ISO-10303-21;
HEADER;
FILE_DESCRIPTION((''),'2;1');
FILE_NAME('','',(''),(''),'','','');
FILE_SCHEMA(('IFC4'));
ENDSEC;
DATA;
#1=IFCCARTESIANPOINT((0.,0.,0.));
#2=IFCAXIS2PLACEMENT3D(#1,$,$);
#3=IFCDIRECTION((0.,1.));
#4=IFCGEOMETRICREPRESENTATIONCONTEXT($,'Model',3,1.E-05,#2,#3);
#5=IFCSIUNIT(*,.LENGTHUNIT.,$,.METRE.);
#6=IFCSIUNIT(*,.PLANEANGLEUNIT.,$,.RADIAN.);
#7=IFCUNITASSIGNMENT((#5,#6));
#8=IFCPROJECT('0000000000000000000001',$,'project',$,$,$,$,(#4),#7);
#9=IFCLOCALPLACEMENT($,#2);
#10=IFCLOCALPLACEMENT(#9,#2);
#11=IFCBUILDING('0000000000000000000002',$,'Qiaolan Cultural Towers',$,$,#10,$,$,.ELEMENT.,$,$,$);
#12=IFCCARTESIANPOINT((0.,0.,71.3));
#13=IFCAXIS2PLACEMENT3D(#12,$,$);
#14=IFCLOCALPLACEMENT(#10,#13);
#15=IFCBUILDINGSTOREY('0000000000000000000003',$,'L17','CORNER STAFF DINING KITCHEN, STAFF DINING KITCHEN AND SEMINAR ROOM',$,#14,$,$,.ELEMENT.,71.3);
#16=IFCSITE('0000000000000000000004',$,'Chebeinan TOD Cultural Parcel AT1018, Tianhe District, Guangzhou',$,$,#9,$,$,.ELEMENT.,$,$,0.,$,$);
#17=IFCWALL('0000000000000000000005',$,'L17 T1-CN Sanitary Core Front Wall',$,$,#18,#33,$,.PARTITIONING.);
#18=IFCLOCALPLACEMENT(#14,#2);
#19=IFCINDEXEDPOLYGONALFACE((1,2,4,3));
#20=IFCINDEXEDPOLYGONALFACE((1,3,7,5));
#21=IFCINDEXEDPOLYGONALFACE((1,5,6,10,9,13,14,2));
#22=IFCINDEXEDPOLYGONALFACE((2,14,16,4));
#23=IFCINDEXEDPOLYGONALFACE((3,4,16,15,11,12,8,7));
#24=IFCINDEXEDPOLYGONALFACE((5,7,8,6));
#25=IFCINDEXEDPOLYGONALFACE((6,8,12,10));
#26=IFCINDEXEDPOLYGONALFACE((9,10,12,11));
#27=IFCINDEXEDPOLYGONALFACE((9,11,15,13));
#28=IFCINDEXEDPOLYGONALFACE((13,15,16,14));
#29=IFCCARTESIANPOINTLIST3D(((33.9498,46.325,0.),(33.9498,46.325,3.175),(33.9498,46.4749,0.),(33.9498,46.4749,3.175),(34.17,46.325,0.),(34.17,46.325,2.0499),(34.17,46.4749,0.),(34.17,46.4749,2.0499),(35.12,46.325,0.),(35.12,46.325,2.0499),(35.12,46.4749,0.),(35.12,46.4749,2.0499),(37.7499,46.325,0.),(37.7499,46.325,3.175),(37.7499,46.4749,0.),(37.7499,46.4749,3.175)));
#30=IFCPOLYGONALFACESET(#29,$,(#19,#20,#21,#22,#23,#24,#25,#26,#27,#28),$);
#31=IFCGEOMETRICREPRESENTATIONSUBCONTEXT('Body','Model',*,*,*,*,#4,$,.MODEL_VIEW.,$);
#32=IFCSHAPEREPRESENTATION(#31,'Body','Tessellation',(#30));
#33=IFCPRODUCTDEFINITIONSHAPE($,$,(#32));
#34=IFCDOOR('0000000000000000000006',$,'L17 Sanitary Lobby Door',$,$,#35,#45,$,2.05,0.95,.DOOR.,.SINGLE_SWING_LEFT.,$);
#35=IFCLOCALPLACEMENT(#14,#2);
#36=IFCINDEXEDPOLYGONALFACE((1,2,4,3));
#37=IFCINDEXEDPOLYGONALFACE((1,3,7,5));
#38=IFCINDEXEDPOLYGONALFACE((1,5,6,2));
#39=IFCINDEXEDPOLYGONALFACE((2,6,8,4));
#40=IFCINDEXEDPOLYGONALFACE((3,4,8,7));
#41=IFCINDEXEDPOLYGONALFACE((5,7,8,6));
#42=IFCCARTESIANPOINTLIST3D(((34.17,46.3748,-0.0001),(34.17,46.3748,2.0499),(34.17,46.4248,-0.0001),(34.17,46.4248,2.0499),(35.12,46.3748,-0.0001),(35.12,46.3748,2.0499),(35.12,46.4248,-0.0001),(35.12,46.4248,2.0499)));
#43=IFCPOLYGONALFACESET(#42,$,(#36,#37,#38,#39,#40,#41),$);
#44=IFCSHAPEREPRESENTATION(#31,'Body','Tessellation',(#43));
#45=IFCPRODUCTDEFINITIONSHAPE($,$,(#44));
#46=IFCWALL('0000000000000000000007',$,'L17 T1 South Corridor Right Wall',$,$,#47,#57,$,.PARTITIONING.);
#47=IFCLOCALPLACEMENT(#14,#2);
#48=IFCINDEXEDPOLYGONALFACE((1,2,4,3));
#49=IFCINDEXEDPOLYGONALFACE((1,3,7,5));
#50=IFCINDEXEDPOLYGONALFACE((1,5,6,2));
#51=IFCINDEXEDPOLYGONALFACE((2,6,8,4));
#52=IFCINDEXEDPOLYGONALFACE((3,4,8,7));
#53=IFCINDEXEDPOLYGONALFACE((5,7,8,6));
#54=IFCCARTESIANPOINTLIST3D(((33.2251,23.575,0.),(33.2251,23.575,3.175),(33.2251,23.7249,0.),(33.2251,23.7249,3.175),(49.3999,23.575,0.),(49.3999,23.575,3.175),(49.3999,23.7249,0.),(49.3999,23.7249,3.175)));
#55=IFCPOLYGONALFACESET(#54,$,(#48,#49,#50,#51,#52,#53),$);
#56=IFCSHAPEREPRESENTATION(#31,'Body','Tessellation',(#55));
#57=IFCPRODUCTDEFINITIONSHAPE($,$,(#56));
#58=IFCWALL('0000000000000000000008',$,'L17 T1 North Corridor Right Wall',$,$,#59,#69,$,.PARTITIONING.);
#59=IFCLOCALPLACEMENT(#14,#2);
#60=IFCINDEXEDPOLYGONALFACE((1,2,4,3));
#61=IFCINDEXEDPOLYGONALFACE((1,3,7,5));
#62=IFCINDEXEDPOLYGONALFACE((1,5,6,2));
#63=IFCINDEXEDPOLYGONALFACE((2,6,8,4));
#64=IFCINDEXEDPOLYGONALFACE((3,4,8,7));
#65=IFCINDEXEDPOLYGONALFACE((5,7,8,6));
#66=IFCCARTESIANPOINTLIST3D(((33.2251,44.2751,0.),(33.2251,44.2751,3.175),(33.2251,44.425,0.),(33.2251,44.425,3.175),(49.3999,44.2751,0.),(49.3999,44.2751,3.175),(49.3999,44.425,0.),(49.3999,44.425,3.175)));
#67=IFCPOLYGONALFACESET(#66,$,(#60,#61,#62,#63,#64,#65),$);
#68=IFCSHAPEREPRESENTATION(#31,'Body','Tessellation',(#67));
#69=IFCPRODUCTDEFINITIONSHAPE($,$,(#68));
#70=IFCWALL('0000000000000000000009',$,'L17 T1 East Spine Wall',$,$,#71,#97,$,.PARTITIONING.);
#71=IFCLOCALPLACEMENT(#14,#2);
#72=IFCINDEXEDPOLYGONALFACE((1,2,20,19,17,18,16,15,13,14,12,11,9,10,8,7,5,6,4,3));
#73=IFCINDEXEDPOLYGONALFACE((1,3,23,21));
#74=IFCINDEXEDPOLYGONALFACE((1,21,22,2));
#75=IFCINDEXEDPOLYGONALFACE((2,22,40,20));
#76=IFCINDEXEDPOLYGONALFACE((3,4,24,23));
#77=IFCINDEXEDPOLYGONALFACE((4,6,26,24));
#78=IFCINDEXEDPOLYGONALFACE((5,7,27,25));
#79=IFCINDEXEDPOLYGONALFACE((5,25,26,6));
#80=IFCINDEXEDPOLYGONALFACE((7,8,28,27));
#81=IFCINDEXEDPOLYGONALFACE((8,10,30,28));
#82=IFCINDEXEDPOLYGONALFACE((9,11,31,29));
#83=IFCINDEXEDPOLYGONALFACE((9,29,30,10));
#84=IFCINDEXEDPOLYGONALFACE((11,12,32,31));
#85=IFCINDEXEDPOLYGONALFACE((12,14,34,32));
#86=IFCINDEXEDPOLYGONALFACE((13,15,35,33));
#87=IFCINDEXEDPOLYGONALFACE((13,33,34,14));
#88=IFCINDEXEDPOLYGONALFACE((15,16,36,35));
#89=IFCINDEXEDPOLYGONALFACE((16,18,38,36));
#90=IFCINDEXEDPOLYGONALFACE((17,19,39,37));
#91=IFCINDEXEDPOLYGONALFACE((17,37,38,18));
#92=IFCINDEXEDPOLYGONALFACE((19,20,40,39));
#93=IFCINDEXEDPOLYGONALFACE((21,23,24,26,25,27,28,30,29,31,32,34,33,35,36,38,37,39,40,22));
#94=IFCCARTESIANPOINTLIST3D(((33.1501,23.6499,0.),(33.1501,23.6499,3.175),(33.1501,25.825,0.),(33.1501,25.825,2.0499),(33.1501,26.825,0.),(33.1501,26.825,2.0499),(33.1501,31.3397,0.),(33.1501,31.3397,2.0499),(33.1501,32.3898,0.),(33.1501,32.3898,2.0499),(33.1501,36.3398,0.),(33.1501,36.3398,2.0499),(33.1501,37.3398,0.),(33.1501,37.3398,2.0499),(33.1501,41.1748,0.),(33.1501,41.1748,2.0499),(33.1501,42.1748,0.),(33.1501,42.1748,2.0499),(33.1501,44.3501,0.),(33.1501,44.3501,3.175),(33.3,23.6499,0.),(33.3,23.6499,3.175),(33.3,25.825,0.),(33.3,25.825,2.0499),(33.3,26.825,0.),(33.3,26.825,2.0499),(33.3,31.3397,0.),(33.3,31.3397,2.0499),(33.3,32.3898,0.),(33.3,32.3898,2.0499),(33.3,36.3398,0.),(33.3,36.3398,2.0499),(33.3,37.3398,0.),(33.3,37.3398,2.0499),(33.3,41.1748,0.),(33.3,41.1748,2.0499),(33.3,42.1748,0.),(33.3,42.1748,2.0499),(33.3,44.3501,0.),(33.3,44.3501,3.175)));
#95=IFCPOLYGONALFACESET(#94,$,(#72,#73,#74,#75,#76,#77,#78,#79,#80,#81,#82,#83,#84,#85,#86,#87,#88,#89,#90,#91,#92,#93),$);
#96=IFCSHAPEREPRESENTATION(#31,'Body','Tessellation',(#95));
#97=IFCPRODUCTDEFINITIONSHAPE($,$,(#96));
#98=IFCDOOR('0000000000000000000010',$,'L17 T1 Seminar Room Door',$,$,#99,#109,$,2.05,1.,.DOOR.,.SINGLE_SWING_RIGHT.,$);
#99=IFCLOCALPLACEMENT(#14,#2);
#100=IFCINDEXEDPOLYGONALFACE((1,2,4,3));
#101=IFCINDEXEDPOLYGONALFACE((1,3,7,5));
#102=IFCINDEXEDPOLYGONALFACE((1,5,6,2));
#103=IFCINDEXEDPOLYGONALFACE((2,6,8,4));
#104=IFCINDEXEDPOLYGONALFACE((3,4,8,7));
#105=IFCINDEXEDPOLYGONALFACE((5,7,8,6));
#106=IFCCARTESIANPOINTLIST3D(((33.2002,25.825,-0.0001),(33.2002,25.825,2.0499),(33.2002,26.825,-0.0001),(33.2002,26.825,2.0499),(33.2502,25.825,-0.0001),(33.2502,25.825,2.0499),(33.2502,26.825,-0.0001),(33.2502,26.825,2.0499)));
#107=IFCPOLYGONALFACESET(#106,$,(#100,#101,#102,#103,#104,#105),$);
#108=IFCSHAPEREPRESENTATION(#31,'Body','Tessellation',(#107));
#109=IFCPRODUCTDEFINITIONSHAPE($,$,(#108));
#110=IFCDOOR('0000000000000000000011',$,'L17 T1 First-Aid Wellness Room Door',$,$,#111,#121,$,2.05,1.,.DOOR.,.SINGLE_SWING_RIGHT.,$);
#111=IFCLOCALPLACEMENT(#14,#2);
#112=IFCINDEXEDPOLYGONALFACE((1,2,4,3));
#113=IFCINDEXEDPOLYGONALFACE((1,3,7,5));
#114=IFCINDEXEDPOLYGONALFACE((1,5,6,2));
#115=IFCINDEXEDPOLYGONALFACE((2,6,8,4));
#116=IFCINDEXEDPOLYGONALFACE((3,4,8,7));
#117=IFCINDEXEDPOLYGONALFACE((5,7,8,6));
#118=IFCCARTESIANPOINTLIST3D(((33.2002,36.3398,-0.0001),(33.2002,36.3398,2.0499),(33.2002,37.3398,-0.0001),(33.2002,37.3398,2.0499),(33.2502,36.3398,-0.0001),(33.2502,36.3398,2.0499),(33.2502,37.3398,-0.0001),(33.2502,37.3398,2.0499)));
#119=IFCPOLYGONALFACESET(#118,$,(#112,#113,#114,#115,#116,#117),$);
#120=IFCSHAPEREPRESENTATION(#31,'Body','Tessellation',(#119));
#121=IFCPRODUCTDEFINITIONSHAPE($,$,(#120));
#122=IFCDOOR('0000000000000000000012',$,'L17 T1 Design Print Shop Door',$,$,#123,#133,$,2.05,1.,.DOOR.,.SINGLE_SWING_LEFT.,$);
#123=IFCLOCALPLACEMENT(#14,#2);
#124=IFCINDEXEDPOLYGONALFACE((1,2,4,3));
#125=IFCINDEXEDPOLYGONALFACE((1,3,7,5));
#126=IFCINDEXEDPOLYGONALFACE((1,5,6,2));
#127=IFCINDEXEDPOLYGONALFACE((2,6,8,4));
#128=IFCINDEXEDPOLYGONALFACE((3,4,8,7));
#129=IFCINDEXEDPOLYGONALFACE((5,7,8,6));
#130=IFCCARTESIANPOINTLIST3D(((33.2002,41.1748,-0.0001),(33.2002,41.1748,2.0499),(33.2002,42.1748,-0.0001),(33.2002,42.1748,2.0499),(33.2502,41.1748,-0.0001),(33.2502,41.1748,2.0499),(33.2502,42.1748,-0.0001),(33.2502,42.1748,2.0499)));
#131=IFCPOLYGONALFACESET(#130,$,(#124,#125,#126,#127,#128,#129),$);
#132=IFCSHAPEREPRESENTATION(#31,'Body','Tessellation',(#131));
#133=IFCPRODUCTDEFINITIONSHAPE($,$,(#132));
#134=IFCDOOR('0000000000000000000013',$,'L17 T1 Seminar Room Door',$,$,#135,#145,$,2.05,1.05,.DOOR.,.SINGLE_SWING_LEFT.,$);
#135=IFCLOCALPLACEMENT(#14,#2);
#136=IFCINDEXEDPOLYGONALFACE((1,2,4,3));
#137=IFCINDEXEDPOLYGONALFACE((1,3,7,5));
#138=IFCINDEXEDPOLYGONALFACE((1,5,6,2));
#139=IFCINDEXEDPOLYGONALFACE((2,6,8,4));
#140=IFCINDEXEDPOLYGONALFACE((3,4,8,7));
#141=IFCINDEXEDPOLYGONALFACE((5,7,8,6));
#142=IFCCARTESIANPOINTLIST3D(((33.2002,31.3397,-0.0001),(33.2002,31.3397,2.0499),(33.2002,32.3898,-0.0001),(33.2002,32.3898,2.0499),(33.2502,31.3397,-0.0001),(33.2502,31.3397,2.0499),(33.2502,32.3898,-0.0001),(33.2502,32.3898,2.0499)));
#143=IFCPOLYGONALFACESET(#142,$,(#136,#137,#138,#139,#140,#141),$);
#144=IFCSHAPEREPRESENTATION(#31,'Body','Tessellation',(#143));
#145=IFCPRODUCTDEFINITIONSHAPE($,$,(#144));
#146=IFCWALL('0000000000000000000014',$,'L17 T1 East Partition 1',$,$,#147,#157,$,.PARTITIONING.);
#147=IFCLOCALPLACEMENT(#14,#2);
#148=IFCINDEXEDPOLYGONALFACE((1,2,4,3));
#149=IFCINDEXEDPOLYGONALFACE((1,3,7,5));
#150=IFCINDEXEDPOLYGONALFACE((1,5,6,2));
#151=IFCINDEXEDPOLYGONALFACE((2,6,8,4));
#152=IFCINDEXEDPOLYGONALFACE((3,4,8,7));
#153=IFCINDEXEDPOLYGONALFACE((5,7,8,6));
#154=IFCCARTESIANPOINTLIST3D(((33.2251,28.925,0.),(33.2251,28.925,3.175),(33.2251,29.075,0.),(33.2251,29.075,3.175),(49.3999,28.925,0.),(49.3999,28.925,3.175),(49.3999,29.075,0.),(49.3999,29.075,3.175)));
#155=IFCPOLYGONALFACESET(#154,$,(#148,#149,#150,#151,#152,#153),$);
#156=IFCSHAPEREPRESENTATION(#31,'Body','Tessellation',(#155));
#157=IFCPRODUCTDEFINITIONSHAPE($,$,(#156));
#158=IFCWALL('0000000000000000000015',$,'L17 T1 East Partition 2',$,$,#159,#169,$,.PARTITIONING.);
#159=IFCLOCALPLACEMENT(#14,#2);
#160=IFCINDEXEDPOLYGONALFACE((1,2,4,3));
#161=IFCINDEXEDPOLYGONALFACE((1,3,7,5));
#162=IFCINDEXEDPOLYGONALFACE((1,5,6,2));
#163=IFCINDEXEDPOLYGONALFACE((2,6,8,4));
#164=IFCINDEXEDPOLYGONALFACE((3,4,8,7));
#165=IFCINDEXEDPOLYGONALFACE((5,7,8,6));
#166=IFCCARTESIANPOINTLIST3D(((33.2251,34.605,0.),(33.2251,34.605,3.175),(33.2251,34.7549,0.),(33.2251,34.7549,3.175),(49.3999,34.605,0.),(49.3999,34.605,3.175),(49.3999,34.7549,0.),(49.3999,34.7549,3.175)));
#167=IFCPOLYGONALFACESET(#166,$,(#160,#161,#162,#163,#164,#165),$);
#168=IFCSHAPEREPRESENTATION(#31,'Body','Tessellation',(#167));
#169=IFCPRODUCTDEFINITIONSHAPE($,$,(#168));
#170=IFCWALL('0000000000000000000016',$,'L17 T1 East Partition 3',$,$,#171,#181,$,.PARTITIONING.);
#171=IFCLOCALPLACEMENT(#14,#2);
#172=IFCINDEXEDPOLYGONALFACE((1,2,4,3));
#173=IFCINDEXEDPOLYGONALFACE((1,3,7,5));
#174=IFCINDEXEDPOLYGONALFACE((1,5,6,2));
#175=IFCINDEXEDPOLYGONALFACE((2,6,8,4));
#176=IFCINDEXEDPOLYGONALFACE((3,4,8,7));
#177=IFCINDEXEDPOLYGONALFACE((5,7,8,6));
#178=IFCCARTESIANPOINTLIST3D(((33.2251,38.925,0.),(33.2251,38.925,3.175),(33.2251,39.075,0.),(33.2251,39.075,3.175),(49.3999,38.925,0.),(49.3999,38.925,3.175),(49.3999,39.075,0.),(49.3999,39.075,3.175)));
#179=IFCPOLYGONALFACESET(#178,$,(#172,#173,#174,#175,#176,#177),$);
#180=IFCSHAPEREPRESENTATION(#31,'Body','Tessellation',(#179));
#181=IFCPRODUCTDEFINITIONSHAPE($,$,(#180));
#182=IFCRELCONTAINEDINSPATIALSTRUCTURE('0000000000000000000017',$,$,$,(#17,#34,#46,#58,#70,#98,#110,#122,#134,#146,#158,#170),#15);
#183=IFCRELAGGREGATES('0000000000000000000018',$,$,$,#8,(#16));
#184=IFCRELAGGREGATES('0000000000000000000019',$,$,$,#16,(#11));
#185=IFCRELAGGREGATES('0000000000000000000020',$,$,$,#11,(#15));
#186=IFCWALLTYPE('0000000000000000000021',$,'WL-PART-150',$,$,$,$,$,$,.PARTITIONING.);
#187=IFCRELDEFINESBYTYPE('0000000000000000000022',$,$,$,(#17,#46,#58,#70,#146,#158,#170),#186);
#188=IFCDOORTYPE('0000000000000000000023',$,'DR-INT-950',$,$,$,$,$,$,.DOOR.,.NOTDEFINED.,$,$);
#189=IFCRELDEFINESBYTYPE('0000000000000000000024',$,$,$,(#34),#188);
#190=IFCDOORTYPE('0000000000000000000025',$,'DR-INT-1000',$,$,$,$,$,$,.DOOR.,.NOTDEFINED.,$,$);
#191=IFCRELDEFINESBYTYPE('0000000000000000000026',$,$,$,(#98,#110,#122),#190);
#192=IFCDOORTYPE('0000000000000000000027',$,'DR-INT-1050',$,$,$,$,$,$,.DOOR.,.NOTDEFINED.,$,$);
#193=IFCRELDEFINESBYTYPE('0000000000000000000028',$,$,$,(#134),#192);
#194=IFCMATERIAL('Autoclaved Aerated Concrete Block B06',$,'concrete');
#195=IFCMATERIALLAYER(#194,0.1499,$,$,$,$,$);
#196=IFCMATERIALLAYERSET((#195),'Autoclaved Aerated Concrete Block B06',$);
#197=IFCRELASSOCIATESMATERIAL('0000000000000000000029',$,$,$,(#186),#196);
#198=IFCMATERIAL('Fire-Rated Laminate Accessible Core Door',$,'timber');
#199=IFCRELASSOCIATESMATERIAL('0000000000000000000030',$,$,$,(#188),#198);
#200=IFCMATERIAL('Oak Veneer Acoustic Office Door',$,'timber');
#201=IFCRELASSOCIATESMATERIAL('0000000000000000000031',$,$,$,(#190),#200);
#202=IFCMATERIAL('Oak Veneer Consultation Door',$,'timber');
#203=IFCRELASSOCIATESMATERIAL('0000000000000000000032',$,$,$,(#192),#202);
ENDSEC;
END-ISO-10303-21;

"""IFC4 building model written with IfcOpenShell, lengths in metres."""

from ifc_helpers import new_model, si_unit, direction, frame, frame_2d, origin, place, context, subcontext, project, spatial, rectangle, extrude, material, layer, layer_set, type_object, element, fill, save


model = new_model("IFC4")

# Units and contexts
model_context = context("Model", 3, precision=1e-05, world=origin(), true_north=direction((0.0, 1.0)))
body_context = subcontext(model_context, "Body", "Model", "MODEL_VIEW")
ifc_project = project(units=[si_unit("LENGTHUNIT", "METRE"), si_unit("PLANEANGLEUNIT", "RADIAN")], contexts=[model_context])

# Site, building, storey
site_placement = place(None, origin())
site = spatial("IfcSite", under=ifc_project, at=site_placement, Name="Chebeinan TOD Cultural Parcel AT1018, Tianhe District, Guangzhou", CompositionType="ELEMENT", RefElevation=0.0)
building_placement = place(site_placement, origin())
building = spatial("IfcBuilding", under=site, at=building_placement, Name="Qiaolan Cultural Towers", CompositionType="ELEMENT")
storey_placement = place(building_placement, frame((0.0, 0.0, 71.3)))
storey = spatial("IfcBuildingStorey", under=building, at=storey_placement, Name="L17", Description="CORNER STAFF DINING KITCHEN, STAFF DINING KITCHEN AND SEMINAR ROOM", CompositionType="ELEMENT", Elevation=71.3)

# Wall, opening, door
ifc_material_1 = material(Name="Autoclaved Aerated Concrete Block B06", Category="concrete")
ifc_layer_1 = layer(ifc_material_1, 0.1499)
ifc_layer_set_1 = layer_set([ifc_layer_1], Name="Autoclaved Aerated Concrete Block B06")
wall_type_1 = type_object("IfcWallType", Name="WL-PART-150", PredefinedType="PARTITIONING", material=ifc_layer_set_1)
wall_1_placement = place(storey_placement, frame((33.95, 46.3999, 0.0), z_axis=(0.0, 0.0, 1.0), x_axis=(1.0, 0.0, 0.0)))
wall_1 = element("IfcWall", 1, at=wall_1_placement, inside=storey, type_object=wall_type_1, Name="L17 T1-CN Sanitary Core Front Wall", PredefinedType="PARTITIONING", context=body_context, shape_type="SweptSolid", body=[
    extrude(rectangle(XDim=3.8, YDim=0.1499, at=frame_2d((1.8999, 0.0))), origin(), (0.0, 0.0, 1.0), 3.175),
])
opening_1_placement = place(wall_1_placement, frame((0.22, 0.0, 0.0)))
opening_1 = element("IfcOpeningElement", 2, at=opening_1_placement, cuts=wall_1, PredefinedType="OPENING", context=body_context, shape_type="SweptSolid", body=[
    extrude(rectangle(XDim=0.95, YDim=2.05, at=frame_2d((0.4751, 1.0249))), frame((0.0, 0.085, 0.0), z_axis=(0.0, -1.0, 0.0), x_axis=(1.0, 0.0, 0.0)), (0.0, 0.0, 1.0), 0.1699),
])
ifc_material_2 = material(Name="Fire-Rated Laminate Accessible Core Door", Category="timber")
door_type_1 = type_object("IfcDoorType", Name="DR-INT-950", OperationType="NOTDEFINED", PredefinedType="DOOR", material=ifc_material_2)
door_1_placement = place(opening_1_placement, origin())
door_1 = element("IfcDoor", 3, at=door_1_placement, inside=storey, type_object=door_type_1, Name="L17 Sanitary Lobby Door", OperationType="SINGLE_SWING_LEFT", OverallHeight=2.05, OverallWidth=0.95, PredefinedType="DOOR", context=body_context, shape_type="SweptSolid", body=[
    extrude(rectangle(XDim=0.95, YDim=2.05, at=frame_2d((0.4751, 1.0249))), frame((0.0, 0.0249, 0.0), z_axis=(0.0, -1.0, 0.0), x_axis=(1.0, 0.0, 0.0)), (0.0, 0.0, 1.0), 0.05),
])
fill(opening_1, door_1)

# Walls
for number, where, z_axis, x_axis, name in (
    (4, (33.2251, 23.6499, 0.0), (0.0, 0.0, 1.0), (1.0, 0.0, 0.0), "L17 T1 South Corridor Right Wall"),
    (5, (33.2251, 44.3501, 0.0), (0.0, 0.0, 1.0), (1.0, 0.0, 0.0), "L17 T1 North Corridor Right Wall"),
):
    element("IfcWall", number, at=place(storey_placement, frame(where, z_axis=z_axis, x_axis=x_axis)), inside=storey, type_object=wall_type_1, Name=name, PredefinedType="PARTITIONING", context=body_context, shape_type="SweptSolid", body=[
        extrude(rectangle(XDim=16.1748, YDim=0.1499, at=frame_2d((8.0874, 0.0))), origin(), (0.0, 0.0, 1.0), 3.175),
    ])

# Wall, openings, doors
wall_2_placement = place(storey_placement, frame((33.2251, 23.6499, 0.0), z_axis=(0.0, 0.0, 1.0), x_axis=(0.0, 1.0, 0.0)))
wall_2 = element("IfcWall", 6, at=wall_2_placement, inside=storey, type_object=wall_type_1, Name="L17 T1 East Spine Wall", PredefinedType="PARTITIONING", context=body_context, shape_type="SweptSolid", body=[
    extrude(rectangle(XDim=20.7002, YDim=0.1499, at=frame_2d((10.3501, 0.0))), origin(), (0.0, 0.0, 1.0), 3.175),
])
opening_2_placement = place(wall_2_placement, frame((2.175, 0.0, 0.0)))
opening_2 = element("IfcOpeningElement", 7, at=opening_2_placement, cuts=wall_2, PredefinedType="OPENING", context=body_context, shape_type="SweptSolid", body=[
    extrude(rectangle(XDim=1.0, YDim=2.05, at=frame_2d((0.5, 1.0249))), frame((0.0, 0.085, 0.0), z_axis=(0.0, -1.0, 0.0), x_axis=(1.0, 0.0, 0.0)), (0.0, 0.0, 1.0), 0.1699),
])
opening_3_placement = place(wall_2_placement, frame((7.6899, 0.0, 0.0)))
opening_3 = element("IfcOpeningElement", 8, at=opening_3_placement, cuts=wall_2, PredefinedType="OPENING", context=body_context, shape_type="SweptSolid", body=[
    extrude(rectangle(XDim=1.05, YDim=2.05, at=frame_2d((0.5249, 1.0249))), frame((0.0, 0.085, 0.0), z_axis=(0.0, -1.0, 0.0), x_axis=(1.0, 0.0, 0.0)), (0.0, 0.0, 1.0), 0.1699),
])
opening_4_placement = place(wall_2_placement, frame((12.6899, 0.0, 0.0)))
opening_4 = element("IfcOpeningElement", 9, at=opening_4_placement, cuts=wall_2, PredefinedType="OPENING", context=body_context, shape_type="SweptSolid", body=[
    extrude(rectangle(XDim=1.0, YDim=2.05, at=frame_2d((0.5, 1.0249))), frame((0.0, 0.085, 0.0), z_axis=(0.0, -1.0, 0.0), x_axis=(1.0, 0.0, 0.0)), (0.0, 0.0, 1.0), 0.1699),
])
opening_5_placement = place(wall_2_placement, frame((17.5249, 0.0, 0.0)))
opening_5 = element("IfcOpeningElement", 10, at=opening_5_placement, cuts=wall_2, PredefinedType="OPENING", context=body_context, shape_type="SweptSolid", body=[
    extrude(rectangle(XDim=1.0, YDim=2.05, at=frame_2d((0.5, 1.0249))), frame((0.0, 0.085, 0.0), z_axis=(0.0, -1.0, 0.0), x_axis=(1.0, 0.0, 0.0)), (0.0, 0.0, 1.0), 0.1699),
])
ifc_material_3 = material(Name="Oak Veneer Acoustic Office Door", Category="timber")
door_type_2 = type_object("IfcDoorType", Name="DR-INT-1000", OperationType="NOTDEFINED", PredefinedType="DOOR", material=ifc_material_3)
door_2_placement = place(opening_2_placement, origin())
door_2 = element("IfcDoor", 11, at=door_2_placement, inside=storey, type_object=door_type_2, Name="L17 T1 Seminar Room Door", OperationType="SINGLE_SWING_RIGHT", OverallHeight=2.05, OverallWidth=1.0, PredefinedType="DOOR", context=body_context, shape_type="SweptSolid", body=[
    extrude(rectangle(XDim=1.0, YDim=2.05, at=frame_2d((0.5, 1.0249))), frame((0.0, 0.0249, 0.0), z_axis=(0.0, -1.0, 0.0), x_axis=(1.0, 0.0, 0.0)), (0.0, 0.0, 1.0), 0.05),
])
fill(opening_2, door_2)
door_3_placement = place(opening_4_placement, origin())
door_3 = element("IfcDoor", 12, at=door_3_placement, inside=storey, type_object=door_type_2, Name="L17 T1 First-Aid Wellness Room Door", OperationType="SINGLE_SWING_RIGHT", OverallHeight=2.05, OverallWidth=1.0, PredefinedType="DOOR", context=body_context, shape_type="SweptSolid", body=[
    extrude(rectangle(XDim=1.0, YDim=2.05, at=frame_2d((0.5, 1.0249))), frame((0.0, 0.0249, 0.0), z_axis=(0.0, -1.0, 0.0), x_axis=(1.0, 0.0, 0.0)), (0.0, 0.0, 1.0), 0.05),
])
fill(opening_4, door_3)
door_4_placement = place(opening_5_placement, origin())
door_4 = element("IfcDoor", 13, at=door_4_placement, inside=storey, type_object=door_type_2, Name="L17 T1 Design Print Shop Door", OperationType="SINGLE_SWING_LEFT", OverallHeight=2.05, OverallWidth=1.0, PredefinedType="DOOR", context=body_context, shape_type="SweptSolid", body=[
    extrude(rectangle(XDim=1.0, YDim=2.05, at=frame_2d((0.5, 1.0249))), frame((0.0, 0.0249, 0.0), z_axis=(0.0, -1.0, 0.0), x_axis=(1.0, 0.0, 0.0)), (0.0, 0.0, 1.0), 0.05),
])
fill(opening_5, door_4)
ifc_material_4 = material(Name="Oak Veneer Consultation Door", Category="timber")
door_type_3 = type_object("IfcDoorType", Name="DR-INT-1050", OperationType="NOTDEFINED", PredefinedType="DOOR", material=ifc_material_4)
door_5_placement = place(opening_3_placement, origin())
door_5 = element("IfcDoor", 14, at=door_5_placement, inside=storey, type_object=door_type_3, Name="L17 T1 Seminar Room Door", OperationType="SINGLE_SWING_LEFT", OverallHeight=2.05, OverallWidth=1.05, PredefinedType="DOOR", context=body_context, shape_type="SweptSolid", body=[
    extrude(rectangle(XDim=1.05, YDim=2.05, at=frame_2d((0.5249, 1.0249))), frame((0.0, 0.0249, 0.0), z_axis=(0.0, -1.0, 0.0), x_axis=(1.0, 0.0, 0.0)), (0.0, 0.0, 1.0), 0.05),
])
fill(opening_3, door_5)

# Walls
for number, where, z_axis, x_axis, name in (
    (15, (33.2251, 29.0, 0.0), (0.0, 0.0, 1.0), (1.0, 0.0, 0.0), "L17 T1 East Partition 1"),
    (16, (33.2251, 34.6799, 0.0), (0.0, 0.0, 1.0), (1.0, 0.0, 0.0), "L17 T1 East Partition 2"),
    (17, (33.2251, 39.0, 0.0), (0.0, 0.0, 1.0), (1.0, 0.0, 0.0), "L17 T1 East Partition 3"),
):
    element("IfcWall", number, at=place(storey_placement, frame(where, z_axis=z_axis, x_axis=x_axis)), inside=storey, type_object=wall_type_1, Name=name, PredefinedType="PARTITIONING", context=body_context, shape_type="SweptSolid", body=[
        extrude(rectangle(XDim=16.1748, YDim=0.1499, at=frame_2d((8.0874, 0.0))), origin(), (0.0, 0.0, 1.0), 3.175),
    ])

save(model, "model.ifc")
